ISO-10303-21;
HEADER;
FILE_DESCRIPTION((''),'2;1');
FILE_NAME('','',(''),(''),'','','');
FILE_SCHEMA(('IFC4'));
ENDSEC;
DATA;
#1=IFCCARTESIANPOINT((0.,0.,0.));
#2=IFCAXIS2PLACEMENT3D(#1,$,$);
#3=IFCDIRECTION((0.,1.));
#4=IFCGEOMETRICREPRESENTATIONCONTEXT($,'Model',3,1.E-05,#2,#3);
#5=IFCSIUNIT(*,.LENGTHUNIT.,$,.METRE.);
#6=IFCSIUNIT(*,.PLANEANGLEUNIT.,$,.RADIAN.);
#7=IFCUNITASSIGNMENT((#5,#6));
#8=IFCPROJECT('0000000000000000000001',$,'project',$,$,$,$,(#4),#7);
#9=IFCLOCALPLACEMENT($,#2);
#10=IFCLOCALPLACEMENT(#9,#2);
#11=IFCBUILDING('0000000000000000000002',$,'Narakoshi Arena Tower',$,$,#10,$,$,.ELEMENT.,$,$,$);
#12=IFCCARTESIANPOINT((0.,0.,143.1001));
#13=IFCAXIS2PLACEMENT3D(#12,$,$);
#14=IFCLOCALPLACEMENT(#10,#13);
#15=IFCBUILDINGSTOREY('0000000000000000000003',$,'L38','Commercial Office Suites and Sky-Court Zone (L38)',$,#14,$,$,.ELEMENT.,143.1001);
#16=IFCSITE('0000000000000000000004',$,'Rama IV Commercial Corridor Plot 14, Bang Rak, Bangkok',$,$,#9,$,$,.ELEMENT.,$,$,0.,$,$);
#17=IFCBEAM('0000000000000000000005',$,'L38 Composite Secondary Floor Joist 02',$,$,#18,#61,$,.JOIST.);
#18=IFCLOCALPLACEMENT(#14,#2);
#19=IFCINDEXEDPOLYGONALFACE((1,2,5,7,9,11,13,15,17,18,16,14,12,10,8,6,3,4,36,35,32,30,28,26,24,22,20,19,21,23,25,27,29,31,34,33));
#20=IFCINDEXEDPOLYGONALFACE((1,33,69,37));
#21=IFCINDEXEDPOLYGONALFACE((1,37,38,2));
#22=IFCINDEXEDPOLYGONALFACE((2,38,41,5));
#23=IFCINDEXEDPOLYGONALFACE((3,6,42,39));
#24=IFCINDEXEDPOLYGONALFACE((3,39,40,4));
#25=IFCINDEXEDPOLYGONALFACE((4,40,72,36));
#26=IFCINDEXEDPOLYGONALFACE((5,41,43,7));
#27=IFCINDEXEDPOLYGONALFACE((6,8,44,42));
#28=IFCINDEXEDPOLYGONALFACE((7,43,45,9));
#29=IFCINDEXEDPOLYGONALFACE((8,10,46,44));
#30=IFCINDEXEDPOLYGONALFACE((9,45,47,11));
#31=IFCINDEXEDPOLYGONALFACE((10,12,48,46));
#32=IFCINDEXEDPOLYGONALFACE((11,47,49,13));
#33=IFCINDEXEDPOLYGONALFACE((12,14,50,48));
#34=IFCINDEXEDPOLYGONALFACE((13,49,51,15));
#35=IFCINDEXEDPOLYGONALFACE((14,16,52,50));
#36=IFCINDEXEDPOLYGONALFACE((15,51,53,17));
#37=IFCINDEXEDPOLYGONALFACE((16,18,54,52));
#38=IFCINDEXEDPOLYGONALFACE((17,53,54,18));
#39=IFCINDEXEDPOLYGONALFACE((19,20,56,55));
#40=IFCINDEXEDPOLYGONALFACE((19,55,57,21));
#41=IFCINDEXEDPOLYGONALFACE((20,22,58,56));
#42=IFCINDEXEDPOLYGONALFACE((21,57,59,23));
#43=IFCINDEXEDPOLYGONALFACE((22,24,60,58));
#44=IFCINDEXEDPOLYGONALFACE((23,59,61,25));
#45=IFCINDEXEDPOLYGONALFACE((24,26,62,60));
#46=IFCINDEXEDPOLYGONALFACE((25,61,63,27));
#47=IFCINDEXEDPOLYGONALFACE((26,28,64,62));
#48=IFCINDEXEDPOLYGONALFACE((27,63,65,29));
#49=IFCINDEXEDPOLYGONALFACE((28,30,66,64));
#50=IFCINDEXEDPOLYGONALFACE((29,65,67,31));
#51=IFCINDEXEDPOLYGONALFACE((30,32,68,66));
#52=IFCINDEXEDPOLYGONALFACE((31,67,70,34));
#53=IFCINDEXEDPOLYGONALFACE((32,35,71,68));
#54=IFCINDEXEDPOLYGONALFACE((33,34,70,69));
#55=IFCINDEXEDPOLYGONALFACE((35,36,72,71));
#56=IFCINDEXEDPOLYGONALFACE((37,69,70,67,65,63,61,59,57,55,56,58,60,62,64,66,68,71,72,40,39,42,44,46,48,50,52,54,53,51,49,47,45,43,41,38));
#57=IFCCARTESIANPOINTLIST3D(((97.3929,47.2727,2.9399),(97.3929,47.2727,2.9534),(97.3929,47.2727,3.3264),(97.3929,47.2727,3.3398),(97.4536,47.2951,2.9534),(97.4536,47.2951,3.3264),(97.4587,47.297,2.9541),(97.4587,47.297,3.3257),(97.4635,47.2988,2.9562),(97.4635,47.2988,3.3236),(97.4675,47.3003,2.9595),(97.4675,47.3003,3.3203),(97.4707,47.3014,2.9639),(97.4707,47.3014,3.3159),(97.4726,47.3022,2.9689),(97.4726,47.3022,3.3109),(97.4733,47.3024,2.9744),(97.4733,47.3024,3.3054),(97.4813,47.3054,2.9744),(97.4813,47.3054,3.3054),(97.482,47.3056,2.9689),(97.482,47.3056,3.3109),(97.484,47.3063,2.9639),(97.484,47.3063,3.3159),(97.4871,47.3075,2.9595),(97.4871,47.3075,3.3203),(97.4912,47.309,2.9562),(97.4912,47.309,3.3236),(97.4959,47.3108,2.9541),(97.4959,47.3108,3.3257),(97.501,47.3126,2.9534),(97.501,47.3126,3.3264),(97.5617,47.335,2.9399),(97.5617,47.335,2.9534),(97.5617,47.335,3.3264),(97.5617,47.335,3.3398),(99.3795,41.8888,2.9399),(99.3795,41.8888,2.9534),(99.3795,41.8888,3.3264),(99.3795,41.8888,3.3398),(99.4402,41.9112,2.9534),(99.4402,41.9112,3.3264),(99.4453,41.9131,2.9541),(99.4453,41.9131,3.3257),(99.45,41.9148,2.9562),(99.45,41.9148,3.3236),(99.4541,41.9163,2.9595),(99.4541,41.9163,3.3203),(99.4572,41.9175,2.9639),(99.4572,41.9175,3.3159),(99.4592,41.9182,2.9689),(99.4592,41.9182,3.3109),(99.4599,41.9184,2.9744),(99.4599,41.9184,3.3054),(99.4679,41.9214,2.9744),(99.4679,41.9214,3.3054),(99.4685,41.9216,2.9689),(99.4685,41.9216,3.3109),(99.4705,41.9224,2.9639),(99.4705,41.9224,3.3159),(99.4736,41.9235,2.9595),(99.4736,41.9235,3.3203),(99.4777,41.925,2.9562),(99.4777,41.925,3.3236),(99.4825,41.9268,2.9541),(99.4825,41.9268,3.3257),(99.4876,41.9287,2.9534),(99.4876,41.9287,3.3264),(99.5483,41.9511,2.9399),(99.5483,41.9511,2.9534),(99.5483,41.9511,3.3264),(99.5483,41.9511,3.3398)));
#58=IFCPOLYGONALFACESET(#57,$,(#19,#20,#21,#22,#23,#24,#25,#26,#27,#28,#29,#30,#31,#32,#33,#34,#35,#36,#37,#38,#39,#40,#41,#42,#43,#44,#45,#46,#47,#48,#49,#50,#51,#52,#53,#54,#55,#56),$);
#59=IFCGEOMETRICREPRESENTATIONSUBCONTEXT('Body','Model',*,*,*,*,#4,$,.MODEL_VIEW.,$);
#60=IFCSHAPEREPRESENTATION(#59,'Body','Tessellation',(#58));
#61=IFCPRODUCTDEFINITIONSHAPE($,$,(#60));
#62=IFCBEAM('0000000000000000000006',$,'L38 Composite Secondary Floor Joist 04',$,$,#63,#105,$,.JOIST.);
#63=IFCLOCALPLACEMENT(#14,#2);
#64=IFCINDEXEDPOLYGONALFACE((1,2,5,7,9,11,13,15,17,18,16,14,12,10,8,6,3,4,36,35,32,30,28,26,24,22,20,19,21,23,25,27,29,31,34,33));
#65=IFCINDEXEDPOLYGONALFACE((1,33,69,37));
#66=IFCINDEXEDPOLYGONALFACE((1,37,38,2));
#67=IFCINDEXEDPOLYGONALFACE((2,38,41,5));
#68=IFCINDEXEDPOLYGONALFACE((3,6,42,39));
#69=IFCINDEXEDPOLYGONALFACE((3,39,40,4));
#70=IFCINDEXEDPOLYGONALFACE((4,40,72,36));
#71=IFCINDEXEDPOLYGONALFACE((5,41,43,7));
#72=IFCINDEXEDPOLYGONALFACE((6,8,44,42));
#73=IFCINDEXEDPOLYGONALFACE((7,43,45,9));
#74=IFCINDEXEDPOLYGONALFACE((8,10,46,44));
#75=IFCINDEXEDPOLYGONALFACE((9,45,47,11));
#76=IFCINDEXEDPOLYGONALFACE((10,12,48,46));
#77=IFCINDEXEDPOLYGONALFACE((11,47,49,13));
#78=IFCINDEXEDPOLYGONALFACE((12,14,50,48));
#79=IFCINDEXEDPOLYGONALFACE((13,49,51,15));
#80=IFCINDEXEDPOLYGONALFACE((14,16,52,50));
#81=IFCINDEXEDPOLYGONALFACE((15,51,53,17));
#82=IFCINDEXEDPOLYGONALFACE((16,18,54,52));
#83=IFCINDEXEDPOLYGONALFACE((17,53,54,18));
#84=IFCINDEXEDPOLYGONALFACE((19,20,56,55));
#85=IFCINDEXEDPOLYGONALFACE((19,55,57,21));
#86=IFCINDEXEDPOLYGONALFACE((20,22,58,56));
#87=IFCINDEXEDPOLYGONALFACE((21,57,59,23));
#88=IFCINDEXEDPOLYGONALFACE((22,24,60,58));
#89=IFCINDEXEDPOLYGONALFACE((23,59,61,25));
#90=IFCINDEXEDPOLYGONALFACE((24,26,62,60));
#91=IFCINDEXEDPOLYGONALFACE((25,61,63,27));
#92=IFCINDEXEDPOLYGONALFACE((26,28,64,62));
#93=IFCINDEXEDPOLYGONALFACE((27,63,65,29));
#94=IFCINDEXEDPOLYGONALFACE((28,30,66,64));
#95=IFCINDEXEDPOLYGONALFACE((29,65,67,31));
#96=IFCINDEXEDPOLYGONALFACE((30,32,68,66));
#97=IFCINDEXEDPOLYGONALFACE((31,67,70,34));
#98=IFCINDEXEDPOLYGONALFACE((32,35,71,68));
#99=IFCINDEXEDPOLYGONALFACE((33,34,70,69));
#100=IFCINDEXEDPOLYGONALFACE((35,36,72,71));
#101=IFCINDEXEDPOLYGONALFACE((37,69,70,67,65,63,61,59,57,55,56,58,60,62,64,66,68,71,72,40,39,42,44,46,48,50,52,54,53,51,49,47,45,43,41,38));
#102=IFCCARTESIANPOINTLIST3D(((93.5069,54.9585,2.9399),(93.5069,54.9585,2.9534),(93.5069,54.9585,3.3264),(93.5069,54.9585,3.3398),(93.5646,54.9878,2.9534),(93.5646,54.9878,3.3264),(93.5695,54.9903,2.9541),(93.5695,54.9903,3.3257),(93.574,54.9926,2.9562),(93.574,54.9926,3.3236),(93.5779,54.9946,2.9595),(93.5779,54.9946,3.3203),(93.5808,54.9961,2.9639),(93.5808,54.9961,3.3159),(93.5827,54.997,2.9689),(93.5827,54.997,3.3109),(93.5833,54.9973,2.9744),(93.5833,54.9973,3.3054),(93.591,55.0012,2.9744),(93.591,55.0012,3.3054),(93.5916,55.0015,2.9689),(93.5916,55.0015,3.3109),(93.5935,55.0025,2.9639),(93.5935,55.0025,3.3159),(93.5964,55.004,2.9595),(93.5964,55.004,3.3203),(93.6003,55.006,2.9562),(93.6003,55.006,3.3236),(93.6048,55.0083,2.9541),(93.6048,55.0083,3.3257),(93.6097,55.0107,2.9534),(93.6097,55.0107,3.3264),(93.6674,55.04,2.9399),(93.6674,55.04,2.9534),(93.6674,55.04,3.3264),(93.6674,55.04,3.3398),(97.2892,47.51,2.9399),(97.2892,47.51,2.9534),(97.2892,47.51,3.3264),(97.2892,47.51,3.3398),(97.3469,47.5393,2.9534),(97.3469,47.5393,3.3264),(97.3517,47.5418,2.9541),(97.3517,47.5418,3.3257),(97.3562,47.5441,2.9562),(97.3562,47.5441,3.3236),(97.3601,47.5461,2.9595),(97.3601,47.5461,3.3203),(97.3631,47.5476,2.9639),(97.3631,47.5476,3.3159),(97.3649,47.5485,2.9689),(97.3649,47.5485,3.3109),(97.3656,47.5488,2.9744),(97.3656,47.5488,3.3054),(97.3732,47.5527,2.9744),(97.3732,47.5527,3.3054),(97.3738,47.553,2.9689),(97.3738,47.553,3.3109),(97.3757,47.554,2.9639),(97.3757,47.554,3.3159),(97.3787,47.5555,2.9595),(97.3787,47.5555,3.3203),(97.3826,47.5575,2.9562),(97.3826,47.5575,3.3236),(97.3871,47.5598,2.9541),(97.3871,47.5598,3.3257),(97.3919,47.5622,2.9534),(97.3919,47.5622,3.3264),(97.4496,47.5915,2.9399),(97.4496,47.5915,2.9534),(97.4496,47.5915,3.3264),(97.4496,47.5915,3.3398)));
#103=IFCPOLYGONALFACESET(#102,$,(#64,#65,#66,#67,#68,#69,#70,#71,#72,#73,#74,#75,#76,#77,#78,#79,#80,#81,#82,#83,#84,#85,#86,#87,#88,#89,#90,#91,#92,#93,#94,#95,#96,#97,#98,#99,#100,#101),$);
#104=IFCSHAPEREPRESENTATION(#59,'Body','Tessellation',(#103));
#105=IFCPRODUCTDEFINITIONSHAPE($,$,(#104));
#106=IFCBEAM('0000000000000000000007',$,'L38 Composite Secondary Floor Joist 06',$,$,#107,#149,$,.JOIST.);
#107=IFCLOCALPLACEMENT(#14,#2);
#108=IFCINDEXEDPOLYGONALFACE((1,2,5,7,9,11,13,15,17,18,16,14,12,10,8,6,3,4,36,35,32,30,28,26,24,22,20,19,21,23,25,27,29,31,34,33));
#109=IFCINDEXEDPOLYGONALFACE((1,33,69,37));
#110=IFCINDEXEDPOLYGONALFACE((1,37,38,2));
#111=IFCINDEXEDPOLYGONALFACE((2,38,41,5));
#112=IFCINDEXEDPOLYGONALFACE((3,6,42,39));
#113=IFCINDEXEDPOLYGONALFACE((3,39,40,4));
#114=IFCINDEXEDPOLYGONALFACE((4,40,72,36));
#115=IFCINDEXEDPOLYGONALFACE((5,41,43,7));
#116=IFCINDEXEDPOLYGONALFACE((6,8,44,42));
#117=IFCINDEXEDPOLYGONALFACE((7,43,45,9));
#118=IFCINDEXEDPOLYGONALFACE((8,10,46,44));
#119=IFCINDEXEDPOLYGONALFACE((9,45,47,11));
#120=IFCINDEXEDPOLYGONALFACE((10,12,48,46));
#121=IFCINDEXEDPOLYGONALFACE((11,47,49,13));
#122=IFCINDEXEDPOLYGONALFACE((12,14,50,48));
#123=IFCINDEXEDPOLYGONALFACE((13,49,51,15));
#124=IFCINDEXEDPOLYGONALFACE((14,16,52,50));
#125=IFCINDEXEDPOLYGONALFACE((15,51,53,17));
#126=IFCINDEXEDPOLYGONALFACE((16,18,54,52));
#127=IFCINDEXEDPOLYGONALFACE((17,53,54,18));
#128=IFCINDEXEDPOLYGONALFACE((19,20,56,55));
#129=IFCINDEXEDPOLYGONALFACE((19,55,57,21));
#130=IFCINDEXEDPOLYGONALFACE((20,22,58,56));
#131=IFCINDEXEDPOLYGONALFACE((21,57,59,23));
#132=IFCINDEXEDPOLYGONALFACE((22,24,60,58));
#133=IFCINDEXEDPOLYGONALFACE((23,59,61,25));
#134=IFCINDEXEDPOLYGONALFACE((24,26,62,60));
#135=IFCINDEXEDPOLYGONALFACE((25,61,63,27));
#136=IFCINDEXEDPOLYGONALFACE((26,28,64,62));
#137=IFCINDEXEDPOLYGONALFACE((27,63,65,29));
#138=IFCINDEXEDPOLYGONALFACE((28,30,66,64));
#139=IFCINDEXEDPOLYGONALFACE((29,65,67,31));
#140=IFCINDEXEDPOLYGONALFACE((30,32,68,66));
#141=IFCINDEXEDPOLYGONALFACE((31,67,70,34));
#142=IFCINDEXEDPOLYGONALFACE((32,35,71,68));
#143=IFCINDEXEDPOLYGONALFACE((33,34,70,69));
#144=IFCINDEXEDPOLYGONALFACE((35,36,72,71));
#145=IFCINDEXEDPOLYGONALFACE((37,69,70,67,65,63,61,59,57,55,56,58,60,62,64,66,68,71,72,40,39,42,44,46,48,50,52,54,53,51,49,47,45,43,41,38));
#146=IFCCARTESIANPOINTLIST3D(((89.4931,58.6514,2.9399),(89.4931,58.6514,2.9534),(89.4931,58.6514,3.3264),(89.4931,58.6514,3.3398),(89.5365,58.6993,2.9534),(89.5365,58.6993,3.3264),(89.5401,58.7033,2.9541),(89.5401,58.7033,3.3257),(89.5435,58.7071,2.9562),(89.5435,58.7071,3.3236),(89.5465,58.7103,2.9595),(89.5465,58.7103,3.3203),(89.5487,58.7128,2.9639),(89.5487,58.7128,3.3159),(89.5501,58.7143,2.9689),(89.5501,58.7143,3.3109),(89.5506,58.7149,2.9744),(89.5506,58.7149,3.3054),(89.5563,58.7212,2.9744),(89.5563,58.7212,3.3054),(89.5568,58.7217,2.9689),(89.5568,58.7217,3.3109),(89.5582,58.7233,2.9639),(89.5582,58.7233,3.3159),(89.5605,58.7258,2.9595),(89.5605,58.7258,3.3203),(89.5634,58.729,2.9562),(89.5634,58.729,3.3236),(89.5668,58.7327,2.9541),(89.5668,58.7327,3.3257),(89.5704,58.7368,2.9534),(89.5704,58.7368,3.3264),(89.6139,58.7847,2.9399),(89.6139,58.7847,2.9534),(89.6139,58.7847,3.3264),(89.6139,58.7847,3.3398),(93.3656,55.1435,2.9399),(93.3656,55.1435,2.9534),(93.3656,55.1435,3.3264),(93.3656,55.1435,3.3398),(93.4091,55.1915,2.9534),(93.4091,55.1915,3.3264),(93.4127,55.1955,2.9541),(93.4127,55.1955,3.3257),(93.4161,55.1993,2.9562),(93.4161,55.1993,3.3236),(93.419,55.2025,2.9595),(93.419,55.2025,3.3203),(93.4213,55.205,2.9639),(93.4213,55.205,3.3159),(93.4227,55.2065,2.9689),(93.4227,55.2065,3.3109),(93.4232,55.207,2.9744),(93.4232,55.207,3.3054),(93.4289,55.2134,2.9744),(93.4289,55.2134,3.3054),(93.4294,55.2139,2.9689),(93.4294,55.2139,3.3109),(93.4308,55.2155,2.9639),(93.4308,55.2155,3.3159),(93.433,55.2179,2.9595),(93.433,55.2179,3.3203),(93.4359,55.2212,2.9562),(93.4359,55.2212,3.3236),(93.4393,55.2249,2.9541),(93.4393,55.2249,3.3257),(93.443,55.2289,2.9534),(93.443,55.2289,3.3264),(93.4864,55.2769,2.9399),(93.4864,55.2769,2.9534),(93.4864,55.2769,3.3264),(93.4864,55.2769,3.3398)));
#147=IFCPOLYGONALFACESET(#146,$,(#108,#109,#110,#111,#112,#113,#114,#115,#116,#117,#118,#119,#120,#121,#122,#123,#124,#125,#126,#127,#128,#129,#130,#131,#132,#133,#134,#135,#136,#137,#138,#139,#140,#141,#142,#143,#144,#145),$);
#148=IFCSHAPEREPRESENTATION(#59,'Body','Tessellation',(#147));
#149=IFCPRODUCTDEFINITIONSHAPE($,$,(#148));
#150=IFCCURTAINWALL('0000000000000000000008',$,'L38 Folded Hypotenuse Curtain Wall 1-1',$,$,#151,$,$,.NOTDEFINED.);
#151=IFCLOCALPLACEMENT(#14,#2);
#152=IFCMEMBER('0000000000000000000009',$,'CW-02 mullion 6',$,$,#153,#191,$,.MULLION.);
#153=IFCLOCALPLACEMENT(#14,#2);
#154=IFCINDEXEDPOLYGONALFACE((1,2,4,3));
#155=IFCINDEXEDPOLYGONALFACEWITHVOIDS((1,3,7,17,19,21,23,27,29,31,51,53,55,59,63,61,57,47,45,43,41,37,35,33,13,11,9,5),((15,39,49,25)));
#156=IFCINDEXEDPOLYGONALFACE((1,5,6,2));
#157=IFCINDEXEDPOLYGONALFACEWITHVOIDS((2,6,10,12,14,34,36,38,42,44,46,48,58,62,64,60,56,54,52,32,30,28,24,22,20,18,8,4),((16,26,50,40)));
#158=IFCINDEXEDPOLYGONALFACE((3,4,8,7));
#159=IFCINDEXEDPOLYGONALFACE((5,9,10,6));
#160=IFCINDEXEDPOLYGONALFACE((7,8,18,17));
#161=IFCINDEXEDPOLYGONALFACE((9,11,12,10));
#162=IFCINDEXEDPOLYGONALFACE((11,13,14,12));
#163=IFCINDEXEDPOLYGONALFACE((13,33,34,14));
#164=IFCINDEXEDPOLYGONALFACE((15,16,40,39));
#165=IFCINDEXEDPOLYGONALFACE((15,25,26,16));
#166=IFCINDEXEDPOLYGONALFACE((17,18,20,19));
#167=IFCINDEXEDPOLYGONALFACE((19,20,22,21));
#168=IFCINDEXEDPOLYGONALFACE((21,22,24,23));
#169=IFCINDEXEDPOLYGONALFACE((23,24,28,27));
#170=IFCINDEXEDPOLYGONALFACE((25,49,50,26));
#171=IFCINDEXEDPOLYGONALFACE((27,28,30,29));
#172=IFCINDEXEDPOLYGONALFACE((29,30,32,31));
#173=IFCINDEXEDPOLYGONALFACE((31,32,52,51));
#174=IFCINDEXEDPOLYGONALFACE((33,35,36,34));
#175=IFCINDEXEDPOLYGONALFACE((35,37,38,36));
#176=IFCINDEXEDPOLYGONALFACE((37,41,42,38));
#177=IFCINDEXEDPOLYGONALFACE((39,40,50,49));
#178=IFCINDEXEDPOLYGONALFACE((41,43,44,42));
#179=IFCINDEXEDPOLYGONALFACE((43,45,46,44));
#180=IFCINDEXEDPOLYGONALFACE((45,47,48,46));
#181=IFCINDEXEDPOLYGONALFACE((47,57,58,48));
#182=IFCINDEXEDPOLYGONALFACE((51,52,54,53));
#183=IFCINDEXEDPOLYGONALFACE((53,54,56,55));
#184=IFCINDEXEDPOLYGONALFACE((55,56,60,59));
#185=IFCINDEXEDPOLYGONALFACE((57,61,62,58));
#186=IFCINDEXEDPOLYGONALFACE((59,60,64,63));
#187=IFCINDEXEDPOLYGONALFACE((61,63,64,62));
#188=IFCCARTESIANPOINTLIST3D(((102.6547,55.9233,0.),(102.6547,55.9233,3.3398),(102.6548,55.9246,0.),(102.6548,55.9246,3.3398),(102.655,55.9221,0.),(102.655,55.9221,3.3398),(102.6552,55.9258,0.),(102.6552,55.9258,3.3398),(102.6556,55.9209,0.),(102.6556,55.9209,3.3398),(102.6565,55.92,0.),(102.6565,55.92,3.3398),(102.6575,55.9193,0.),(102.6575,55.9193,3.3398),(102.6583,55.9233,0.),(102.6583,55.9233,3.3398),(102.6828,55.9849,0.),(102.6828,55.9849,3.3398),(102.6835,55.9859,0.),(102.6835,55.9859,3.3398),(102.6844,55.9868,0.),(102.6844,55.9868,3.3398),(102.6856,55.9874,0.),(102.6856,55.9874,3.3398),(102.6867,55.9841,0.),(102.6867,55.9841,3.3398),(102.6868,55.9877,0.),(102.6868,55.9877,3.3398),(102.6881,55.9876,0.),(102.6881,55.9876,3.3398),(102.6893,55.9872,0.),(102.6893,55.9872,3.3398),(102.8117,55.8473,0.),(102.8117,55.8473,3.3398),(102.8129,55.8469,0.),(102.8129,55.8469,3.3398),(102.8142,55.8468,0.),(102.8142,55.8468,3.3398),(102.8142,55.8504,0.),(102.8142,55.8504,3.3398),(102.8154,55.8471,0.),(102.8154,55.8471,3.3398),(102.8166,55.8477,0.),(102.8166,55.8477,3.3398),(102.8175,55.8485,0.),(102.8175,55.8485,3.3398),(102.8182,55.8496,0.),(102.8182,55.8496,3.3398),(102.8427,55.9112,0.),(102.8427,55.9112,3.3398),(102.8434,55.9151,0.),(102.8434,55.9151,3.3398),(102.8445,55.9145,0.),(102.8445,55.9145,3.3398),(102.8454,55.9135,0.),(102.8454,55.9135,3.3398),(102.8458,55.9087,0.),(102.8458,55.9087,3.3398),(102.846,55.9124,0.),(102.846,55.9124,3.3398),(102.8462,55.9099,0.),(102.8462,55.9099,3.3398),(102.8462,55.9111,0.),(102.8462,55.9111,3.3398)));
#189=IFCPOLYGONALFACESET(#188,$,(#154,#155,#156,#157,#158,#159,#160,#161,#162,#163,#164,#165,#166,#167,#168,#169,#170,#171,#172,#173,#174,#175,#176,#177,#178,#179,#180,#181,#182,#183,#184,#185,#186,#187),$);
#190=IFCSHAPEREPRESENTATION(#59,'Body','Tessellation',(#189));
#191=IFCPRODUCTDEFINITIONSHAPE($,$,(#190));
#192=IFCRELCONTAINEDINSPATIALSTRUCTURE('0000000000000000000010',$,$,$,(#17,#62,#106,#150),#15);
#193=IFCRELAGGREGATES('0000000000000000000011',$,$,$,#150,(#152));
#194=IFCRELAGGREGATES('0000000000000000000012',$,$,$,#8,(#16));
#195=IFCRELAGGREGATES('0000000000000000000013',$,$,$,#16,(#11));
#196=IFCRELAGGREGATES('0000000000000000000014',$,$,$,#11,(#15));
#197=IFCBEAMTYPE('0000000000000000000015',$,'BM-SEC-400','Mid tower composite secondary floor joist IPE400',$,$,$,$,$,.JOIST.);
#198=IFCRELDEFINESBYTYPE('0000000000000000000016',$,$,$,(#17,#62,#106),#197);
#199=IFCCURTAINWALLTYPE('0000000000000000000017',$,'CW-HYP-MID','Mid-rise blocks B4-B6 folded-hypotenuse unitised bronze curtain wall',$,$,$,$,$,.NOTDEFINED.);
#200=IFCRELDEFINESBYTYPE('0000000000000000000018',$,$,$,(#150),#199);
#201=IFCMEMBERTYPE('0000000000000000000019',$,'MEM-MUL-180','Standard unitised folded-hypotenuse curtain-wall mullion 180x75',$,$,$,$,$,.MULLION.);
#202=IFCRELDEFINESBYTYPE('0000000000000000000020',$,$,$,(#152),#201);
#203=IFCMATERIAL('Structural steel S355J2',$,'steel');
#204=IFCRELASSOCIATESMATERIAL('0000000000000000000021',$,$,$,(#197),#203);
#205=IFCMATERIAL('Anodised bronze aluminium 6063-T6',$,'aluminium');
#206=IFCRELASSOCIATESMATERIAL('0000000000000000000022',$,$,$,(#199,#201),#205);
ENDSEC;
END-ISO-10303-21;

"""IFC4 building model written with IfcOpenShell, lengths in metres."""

from ifc_helpers import new_model, si_unit, direction, frame, origin, origin_2d, place, context, subcontext, project, spatial, hollow_rectangle, i_section, extrude, material, material_profile, profile_set, type_object, element, aggregate, save


model = new_model("IFC4")

# Units and contexts
model_context = context("Model", 3, precision=1e-05, world=origin(), true_north=direction((0.0, 1.0)))
body_context = subcontext(model_context, "Body", "Model", "MODEL_VIEW")
ifc_project = project(units=[si_unit("LENGTHUNIT", "METRE"), si_unit("PLANEANGLEUNIT", "RADIAN")], contexts=[model_context])

# Site, building, storey
site_placement = place(None, origin())
site = spatial("IfcSite", under=ifc_project, at=site_placement, Name="Rama IV Commercial Corridor Plot 14, Bang Rak, Bangkok", CompositionType="ELEMENT", RefElevation=0.0)
building_placement = place(site_placement, origin())
building = spatial("IfcBuilding", under=site, at=building_placement, Name="Narakoshi Arena Tower", CompositionType="ELEMENT")
storey_placement = place(building_placement, frame((0.0, 0.0, 143.1001)))
storey = spatial("IfcBuildingStorey", under=building, at=storey_placement, Name="L38", Description="Commercial Office Suites and Sky-Court Zone (L38)", CompositionType="ELEMENT", Elevation=143.1001)

# Beams
ifc_material_1 = material(Name="Structural steel S355J2", Category="steel")
ifc_material_profile_1 = material_profile(ifc_material_1, i_section(OverallWidth=0.1799, OverallDepth=0.3999, WebThickness=0.0085, FlangeThickness=0.0134, FilletRadius=0.021, at=origin_2d()), Name="IPE400")
ifc_profile_set_1 = profile_set([ifc_material_profile_1], Name="Structural steel S355J2")
beam_type_1 = type_object("IfcBeamType", Name="BM-SEC-400", Description="Mid tower composite secondary floor joist IPE400", PredefinedType="JOIST", material=ifc_profile_set_1)
beam_1_placement = place(storey_placement, frame((99.4639, 41.9199, 3.1399), z_axis=(-0.346163, 0.938174, 0.0), x_axis=(-0.938174, -0.346163, 0.0)))
element("IfcBeam", 1, at=beam_1_placement, inside=storey, type_object=beam_type_1, Name="L38 Composite Secondary Floor Joist 02", PredefinedType="JOIST", context=body_context, shape_type="SweptSolid", body=[
    extrude(i_section(OverallWidth=0.1799, OverallDepth=0.3999, WebThickness=0.0085, FlangeThickness=0.0134, FilletRadius=0.021, at=origin_2d()), origin(), (0.0, 0.0, 1.0), 5.7388),
])
beam_2_placement = place(storey_placement, frame((97.3694, 47.5508, 3.1399), z_axis=(-0.452758, 0.891634, 0.0), x_axis=(-0.891634, -0.452758, 0.0)))
element("IfcBeam", 2, at=beam_2_placement, inside=storey, type_object=beam_type_1, Name="L38 Composite Secondary Floor Joist 04", PredefinedType="JOIST", context=body_context, shape_type="SweptSolid", body=[
    extrude(i_section(OverallWidth=0.1799, OverallDepth=0.3999, WebThickness=0.0085, FlangeThickness=0.0134, FilletRadius=0.021, at=origin_2d()), origin(), (0.0, 0.0, 1.0), 8.3538),
])
beam_3_placement = place(storey_placement, frame((93.426, 55.2102, 3.1399), z_axis=(-0.741148, 0.671341, 0.0), x_axis=(-0.671341, -0.741148, 0.0)))
element("IfcBeam", 3, at=beam_3_placement, inside=storey, type_object=beam_type_1, Name="L38 Composite Secondary Floor Joist 06", PredefinedType="JOIST", context=body_context, shape_type="SweptSolid", body=[
    extrude(i_section(OverallWidth=0.1799, OverallDepth=0.3999, WebThickness=0.0085, FlangeThickness=0.0134, FilletRadius=0.021, at=origin_2d()), origin(), (0.0, 0.0, 1.0), 5.2251),
])

# Curtain wall, member
ifc_material_2 = material(Name="Anodised bronze aluminium 6063-T6", Category="aluminium")
curtain_wall_type = type_object("IfcCurtainWallType", Name="CW-HYP-MID", Description="Mid-rise blocks B4-B6 folded-hypotenuse unitised bronze curtain wall", PredefinedType="NOTDEFINED", material=ifc_material_2)
curtain_wall_placement = place(storey_placement, origin())
curtain_wall = element("IfcCurtainWall", 4, at=curtain_wall_placement, inside=storey, type_object=curtain_wall_type, Name="L38 Folded Hypotenuse Curtain Wall 1-1", PredefinedType="NOTDEFINED")
ifc_material_profile_2 = material_profile(ifc_material_2, hollow_rectangle(XDim=0.075, YDim=0.1799, WallThickness=0.0039, OuterFilletRadius=0.0049, at=origin_2d()), Name="MUL180x75x4")
ifc_profile_set_2 = profile_set([ifc_material_profile_2], Name="Anodised bronze aluminium 6063-T6")
member_type_1 = type_object("IfcMemberType", Name="MEM-MUL-180", Description="Standard unitised folded-hypotenuse curtain-wall mullion 180x75", PredefinedType="MULLION", material=ifc_profile_set_2)
member_1_placement = place(storey_placement, frame((102.7505, 55.9172, 0.0), z_axis=(0.0, 0.0, 1.0), x_axis=(-0.423532, -0.905881, 0.0)))
member_1 = element("IfcMember", 5, at=member_1_placement, type_object=member_type_1, Name="CW-02 mullion 6", PredefinedType="MULLION", context=body_context, shape_type="SweptSolid", body=[
    extrude(hollow_rectangle(XDim=0.075, YDim=0.1799, WallThickness=0.0039, OuterFilletRadius=0.0049, at=origin_2d()), origin(), (0.0, 0.0, 1.0), 3.3398),
])
aggregate(curtain_wall, [member_1])

save(model, "model.ifc")
